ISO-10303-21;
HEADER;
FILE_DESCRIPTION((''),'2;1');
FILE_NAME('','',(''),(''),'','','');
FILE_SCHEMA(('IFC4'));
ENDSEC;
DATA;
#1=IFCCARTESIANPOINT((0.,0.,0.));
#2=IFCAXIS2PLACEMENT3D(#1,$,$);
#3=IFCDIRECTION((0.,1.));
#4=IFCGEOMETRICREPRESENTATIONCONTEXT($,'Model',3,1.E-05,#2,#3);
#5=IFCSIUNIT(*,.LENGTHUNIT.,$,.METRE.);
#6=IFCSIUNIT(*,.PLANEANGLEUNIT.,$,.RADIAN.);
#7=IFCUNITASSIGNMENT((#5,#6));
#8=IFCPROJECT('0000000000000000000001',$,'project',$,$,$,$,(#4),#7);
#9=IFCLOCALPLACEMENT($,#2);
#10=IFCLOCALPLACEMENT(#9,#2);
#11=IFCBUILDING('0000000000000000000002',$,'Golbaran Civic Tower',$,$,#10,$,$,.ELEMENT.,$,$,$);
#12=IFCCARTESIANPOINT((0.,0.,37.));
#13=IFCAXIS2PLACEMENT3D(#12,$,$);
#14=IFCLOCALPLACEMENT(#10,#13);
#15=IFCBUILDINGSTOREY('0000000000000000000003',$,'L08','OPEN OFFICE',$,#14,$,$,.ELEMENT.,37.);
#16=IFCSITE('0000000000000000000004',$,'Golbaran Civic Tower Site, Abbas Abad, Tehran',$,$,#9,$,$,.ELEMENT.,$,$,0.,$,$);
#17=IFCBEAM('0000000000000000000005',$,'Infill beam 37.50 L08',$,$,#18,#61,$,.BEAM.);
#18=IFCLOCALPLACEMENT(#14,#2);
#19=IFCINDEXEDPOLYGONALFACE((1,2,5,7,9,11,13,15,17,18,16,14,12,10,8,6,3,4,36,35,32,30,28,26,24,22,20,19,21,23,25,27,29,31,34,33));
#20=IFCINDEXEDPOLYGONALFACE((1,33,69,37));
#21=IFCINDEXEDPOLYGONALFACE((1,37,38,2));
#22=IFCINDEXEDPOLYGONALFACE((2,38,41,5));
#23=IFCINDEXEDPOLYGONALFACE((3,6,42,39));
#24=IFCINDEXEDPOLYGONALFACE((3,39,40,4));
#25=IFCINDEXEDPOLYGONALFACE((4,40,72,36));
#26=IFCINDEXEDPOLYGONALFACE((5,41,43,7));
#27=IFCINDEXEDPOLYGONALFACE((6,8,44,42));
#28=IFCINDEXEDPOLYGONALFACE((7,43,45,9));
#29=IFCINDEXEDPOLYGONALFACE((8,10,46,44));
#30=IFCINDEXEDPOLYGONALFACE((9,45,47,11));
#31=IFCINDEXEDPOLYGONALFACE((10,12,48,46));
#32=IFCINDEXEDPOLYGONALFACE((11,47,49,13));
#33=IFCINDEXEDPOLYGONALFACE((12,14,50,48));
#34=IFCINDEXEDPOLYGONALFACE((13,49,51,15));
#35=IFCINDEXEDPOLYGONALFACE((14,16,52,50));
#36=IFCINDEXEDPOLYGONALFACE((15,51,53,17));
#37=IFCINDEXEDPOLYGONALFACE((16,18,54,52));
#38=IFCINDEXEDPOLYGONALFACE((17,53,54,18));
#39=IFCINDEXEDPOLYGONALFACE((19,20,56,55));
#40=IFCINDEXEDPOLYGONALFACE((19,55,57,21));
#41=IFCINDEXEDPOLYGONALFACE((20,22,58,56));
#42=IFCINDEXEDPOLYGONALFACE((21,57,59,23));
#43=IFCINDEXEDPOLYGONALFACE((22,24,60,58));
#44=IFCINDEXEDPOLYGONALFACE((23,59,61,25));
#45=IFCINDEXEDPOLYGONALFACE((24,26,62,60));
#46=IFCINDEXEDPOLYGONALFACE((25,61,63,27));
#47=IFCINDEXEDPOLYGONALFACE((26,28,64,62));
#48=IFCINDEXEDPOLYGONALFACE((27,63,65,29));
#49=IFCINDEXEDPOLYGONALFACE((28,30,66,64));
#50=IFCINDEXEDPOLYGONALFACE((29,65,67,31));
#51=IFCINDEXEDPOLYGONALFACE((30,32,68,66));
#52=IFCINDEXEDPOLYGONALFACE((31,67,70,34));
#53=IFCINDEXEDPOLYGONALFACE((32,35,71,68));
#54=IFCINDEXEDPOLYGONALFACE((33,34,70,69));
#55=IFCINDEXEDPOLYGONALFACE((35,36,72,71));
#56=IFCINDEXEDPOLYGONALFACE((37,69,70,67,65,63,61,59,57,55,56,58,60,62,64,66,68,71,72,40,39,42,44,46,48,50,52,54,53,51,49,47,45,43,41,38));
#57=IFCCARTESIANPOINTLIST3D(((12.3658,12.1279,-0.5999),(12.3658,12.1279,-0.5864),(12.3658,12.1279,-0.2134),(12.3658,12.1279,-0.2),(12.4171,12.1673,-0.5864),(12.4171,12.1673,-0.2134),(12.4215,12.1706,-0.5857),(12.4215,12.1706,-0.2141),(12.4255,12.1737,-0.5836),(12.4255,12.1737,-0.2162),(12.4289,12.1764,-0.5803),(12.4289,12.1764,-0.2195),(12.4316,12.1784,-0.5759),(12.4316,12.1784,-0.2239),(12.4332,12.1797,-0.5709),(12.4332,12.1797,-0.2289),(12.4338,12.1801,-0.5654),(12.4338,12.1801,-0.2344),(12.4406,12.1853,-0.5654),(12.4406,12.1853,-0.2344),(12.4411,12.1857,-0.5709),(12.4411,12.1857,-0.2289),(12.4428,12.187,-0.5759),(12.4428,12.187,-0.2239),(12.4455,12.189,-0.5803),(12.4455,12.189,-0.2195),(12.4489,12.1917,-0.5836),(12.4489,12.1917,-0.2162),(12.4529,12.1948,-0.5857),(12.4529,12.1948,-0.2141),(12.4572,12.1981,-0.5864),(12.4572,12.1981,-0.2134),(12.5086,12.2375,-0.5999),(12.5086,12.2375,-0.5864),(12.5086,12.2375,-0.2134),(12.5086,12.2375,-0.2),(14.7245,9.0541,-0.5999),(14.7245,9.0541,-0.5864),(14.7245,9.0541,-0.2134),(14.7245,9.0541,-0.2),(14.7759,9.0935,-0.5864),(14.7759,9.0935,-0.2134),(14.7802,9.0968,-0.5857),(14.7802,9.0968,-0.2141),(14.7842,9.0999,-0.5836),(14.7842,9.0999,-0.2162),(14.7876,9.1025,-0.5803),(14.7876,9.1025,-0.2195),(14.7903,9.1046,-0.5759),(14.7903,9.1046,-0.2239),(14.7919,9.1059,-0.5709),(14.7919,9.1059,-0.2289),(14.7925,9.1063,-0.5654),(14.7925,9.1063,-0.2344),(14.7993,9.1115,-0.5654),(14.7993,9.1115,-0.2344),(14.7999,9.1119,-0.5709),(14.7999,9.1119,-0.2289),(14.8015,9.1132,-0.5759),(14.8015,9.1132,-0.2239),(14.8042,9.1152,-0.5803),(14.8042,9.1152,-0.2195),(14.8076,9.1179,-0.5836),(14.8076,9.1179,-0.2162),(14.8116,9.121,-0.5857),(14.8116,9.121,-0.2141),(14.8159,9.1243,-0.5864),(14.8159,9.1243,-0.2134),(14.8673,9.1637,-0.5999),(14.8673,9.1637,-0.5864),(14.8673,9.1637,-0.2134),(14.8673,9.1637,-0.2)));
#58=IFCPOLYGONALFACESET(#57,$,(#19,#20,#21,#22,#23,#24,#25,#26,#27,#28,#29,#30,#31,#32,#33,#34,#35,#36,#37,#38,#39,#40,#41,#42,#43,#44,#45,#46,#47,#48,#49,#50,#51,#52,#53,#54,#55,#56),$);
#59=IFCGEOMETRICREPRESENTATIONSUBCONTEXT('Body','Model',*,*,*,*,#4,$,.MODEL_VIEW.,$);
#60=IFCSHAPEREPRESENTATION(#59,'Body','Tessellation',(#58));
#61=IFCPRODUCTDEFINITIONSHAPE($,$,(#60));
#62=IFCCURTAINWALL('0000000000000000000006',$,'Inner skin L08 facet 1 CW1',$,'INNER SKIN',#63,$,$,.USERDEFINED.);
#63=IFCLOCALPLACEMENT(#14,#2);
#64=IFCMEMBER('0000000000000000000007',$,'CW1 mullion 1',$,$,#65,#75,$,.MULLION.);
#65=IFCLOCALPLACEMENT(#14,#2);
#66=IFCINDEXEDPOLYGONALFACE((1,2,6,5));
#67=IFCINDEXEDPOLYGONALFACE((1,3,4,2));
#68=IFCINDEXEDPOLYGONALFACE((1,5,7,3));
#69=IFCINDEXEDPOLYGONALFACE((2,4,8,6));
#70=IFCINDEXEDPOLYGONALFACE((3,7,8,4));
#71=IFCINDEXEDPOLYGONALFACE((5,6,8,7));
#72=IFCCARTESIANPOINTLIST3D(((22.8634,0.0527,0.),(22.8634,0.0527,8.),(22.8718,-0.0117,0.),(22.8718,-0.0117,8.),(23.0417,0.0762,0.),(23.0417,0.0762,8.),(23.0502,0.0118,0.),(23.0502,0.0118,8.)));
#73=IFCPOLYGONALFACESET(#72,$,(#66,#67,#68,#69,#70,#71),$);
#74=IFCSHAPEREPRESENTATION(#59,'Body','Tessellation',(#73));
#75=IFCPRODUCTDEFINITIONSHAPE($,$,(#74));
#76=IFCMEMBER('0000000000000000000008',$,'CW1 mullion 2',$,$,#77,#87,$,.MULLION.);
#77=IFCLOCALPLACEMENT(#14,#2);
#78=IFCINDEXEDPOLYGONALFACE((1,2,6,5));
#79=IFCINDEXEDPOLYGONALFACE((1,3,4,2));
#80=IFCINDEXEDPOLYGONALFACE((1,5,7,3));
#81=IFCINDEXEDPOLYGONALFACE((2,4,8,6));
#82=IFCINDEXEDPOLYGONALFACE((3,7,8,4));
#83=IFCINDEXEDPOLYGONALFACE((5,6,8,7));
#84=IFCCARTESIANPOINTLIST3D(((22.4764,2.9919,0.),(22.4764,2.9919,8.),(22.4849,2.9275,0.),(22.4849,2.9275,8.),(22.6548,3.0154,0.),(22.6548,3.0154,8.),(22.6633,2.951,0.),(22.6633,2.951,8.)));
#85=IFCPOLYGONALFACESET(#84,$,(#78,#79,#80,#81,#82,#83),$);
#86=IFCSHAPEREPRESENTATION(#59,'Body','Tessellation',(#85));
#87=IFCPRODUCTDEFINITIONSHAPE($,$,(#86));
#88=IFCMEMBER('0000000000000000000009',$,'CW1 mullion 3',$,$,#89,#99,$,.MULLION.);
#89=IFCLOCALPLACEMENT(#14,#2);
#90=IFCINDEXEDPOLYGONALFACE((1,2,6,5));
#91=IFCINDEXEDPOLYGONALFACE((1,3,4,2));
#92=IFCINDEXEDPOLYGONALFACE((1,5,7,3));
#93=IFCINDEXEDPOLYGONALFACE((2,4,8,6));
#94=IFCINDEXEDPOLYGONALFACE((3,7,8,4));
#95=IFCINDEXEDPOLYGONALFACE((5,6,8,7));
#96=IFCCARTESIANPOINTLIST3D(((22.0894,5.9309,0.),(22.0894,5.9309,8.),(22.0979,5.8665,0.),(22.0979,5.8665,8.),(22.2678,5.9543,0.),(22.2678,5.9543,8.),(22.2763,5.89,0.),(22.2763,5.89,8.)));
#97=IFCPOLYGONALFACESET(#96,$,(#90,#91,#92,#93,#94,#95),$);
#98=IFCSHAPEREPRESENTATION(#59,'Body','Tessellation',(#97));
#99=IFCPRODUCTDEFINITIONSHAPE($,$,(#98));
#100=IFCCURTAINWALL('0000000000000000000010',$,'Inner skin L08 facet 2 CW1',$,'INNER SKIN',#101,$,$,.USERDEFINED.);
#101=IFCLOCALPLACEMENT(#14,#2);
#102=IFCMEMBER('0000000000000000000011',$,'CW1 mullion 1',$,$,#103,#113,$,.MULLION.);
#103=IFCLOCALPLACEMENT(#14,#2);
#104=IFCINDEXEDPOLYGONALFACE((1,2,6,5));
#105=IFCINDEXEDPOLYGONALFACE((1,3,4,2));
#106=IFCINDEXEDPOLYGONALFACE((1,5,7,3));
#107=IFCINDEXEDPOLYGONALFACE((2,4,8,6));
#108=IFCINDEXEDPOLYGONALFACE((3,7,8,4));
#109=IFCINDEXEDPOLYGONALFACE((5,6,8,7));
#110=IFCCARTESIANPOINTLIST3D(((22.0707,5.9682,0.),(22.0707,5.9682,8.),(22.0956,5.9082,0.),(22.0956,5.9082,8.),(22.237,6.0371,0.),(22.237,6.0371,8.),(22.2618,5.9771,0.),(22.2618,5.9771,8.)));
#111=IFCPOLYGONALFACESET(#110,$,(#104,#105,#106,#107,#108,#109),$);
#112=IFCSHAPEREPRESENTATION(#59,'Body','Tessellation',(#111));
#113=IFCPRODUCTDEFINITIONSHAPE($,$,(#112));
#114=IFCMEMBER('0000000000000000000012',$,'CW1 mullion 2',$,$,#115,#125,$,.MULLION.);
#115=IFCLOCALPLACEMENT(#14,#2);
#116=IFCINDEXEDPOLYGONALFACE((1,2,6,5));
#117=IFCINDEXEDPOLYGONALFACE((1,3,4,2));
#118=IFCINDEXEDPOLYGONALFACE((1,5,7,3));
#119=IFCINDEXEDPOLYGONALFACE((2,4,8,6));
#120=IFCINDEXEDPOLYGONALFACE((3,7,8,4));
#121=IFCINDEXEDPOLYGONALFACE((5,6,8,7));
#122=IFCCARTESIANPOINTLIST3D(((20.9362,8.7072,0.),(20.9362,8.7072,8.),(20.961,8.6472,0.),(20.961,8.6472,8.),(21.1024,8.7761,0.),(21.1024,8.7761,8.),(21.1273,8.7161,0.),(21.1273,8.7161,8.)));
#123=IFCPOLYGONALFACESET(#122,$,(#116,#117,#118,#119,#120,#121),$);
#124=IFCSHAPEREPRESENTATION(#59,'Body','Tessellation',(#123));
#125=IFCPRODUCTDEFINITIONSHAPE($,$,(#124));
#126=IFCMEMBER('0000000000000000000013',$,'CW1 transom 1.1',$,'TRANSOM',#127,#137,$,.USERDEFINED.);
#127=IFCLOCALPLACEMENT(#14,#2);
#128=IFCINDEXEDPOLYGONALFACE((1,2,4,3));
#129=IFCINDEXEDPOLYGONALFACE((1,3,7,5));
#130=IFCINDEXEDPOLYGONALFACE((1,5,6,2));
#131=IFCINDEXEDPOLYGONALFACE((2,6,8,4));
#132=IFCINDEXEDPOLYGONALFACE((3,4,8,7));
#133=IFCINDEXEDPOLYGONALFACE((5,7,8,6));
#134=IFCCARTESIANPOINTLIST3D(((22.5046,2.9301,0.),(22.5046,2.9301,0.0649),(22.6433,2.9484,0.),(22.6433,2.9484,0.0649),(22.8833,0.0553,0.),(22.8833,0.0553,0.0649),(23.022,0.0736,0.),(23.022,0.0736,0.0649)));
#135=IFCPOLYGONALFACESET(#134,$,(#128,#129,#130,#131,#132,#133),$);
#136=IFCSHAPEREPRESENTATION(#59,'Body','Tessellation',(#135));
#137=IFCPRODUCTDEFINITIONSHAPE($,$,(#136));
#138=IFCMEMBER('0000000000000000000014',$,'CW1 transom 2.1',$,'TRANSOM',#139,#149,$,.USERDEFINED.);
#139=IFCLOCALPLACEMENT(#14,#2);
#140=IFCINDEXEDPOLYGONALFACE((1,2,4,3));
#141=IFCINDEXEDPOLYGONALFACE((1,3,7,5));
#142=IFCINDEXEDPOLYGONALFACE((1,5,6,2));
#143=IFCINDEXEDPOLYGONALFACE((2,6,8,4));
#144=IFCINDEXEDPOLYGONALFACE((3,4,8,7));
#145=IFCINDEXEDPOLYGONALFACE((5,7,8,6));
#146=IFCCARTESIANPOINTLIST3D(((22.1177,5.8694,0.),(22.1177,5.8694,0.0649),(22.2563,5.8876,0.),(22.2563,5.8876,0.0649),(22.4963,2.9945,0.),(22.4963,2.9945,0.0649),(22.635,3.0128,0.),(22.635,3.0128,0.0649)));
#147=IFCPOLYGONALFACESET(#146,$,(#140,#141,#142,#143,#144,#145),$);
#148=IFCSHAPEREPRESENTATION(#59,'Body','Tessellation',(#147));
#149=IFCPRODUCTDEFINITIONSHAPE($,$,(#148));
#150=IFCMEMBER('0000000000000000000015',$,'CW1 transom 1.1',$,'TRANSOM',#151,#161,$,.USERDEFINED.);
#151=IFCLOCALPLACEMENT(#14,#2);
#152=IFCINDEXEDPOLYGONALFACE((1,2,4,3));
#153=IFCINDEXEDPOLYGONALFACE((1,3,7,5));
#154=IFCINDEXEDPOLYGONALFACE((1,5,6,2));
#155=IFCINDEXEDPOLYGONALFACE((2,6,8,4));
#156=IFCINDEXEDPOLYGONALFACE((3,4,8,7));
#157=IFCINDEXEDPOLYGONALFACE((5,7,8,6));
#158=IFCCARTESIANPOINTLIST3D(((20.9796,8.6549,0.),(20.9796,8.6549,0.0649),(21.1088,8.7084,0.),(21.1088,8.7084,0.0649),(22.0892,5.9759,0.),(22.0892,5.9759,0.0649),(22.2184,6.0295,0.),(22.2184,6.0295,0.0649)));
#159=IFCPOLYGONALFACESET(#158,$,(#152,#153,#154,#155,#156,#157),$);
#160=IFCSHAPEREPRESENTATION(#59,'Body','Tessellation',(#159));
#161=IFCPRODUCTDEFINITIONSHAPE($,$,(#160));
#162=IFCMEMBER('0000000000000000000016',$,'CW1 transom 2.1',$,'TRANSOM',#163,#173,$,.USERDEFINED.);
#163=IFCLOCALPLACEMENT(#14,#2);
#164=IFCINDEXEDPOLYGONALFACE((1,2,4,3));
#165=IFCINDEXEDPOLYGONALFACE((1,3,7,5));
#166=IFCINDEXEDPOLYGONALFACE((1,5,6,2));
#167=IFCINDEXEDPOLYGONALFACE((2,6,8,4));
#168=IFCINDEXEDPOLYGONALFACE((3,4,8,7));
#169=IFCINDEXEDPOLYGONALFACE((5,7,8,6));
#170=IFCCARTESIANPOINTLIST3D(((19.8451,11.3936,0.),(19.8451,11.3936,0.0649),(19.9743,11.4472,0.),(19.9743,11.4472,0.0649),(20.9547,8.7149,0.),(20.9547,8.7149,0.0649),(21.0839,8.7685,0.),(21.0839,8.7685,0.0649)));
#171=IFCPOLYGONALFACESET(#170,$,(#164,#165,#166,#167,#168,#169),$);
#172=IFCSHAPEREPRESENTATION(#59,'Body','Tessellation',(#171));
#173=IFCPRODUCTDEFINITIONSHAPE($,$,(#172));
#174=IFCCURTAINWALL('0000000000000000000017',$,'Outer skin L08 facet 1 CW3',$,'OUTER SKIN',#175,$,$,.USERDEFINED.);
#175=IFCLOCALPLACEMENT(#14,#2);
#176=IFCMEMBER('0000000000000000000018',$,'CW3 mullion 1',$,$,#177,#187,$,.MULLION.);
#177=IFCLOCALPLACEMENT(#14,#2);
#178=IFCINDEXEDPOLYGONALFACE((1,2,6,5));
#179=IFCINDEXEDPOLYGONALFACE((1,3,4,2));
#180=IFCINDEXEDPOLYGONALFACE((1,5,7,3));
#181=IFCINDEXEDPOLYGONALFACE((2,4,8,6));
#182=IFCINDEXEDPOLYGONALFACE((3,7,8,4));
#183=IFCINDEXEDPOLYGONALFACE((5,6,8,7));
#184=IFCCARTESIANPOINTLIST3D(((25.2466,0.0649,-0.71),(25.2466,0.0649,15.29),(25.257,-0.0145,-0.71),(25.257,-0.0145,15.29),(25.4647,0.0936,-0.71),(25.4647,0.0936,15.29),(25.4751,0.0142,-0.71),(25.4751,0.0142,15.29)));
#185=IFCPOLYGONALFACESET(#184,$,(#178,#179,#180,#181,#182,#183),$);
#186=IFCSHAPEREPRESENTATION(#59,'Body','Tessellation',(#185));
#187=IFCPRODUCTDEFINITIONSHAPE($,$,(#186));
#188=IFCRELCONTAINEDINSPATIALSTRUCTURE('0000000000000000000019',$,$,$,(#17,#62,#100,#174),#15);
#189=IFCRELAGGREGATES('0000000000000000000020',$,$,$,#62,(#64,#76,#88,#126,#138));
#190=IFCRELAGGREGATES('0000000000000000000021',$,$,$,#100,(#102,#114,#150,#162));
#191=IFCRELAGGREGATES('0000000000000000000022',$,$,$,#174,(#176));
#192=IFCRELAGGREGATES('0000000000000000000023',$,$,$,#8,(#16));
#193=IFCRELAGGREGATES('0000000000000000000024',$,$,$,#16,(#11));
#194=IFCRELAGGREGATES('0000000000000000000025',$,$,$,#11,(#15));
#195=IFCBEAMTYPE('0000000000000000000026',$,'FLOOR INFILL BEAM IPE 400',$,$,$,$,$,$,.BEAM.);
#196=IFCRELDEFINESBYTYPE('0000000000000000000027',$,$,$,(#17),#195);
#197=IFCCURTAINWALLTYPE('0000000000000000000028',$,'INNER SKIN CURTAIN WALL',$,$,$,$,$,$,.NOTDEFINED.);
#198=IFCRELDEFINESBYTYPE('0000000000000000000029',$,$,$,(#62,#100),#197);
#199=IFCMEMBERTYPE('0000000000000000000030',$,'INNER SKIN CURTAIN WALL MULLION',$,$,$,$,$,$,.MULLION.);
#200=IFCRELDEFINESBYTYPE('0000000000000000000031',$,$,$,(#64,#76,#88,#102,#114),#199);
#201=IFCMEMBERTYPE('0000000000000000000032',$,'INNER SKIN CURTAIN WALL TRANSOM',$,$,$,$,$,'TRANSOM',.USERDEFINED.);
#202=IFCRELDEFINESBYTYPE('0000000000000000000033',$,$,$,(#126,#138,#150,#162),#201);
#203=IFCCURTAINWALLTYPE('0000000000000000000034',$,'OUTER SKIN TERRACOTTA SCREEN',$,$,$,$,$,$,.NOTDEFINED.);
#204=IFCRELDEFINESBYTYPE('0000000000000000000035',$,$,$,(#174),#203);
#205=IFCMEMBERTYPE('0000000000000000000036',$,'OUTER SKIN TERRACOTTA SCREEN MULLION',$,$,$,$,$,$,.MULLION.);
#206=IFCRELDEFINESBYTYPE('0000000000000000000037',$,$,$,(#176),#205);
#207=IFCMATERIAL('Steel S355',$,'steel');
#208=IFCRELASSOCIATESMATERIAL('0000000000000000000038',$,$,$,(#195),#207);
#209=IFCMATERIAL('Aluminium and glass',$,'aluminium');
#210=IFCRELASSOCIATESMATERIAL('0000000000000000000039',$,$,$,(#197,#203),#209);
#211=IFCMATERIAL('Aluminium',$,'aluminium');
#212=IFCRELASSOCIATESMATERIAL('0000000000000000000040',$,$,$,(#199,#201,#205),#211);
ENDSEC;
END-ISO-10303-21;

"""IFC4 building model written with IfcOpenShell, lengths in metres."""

from ifc_helpers import new_model, si_unit, direction, frame, origin, origin_2d, place, context, subcontext, project, spatial, rectangle, i_section, extrude, material, material_profile, profile_set, type_object, element, aggregate, save


model = new_model("IFC4")

# Units and contexts
model_context = context("Model", 3, precision=1e-05, world=origin(), true_north=direction((0.0, 1.0)))
body_context = subcontext(model_context, "Body", "Model", "MODEL_VIEW")
ifc_project = project(units=[si_unit("LENGTHUNIT", "METRE"), si_unit("PLANEANGLEUNIT", "RADIAN")], contexts=[model_context])

# Site, building, storey
site_placement = place(None, origin())
site = spatial("IfcSite", under=ifc_project, at=site_placement, Name="Golbaran Civic Tower Site, Abbas Abad, Tehran", CompositionType="ELEMENT", RefElevation=0.0)
building_placement = place(site_placement, origin())
building = spatial("IfcBuilding", under=site, at=building_placement, Name="Golbaran Civic Tower", CompositionType="ELEMENT")
storey_placement = place(building_placement, frame((0.0, 0.0, 37.0)))
storey = spatial("IfcBuildingStorey", under=building, at=storey_placement, Name="L08", Description="OPEN OFFICE", CompositionType="ELEMENT", Elevation=37.0)

# Shared definitions
ifc_material_1 = material(Name="Steel S355", Category="steel")

# Beam
ifc_material_profile_1 = material_profile(ifc_material_1, i_section(OverallWidth=0.1799, OverallDepth=0.3999, WebThickness=0.0085, FlangeThickness=0.0134, FilletRadius=0.021, at=origin_2d()), Name="IPE 400")
ifc_profile_set_1 = profile_set([ifc_material_profile_1], Name="Steel S355")
beam_type_1 = type_object("IfcBeamType", Name="FLOOR INFILL BEAM IPE 400", PredefinedType="BEAM", material=ifc_profile_set_1)
beam_1_placement = place(storey_placement, frame((14.7959, 9.1089, -0.3999), z_axis=(-0.608775, 0.793343, 0.0), x_axis=(-0.793343, -0.608775, 0.0)))
element("IfcBeam", 1, at=beam_1_placement, inside=storey, type_object=beam_type_1, Name="Infill beam 37.50 L08", PredefinedType="BEAM", context=body_context, shape_type="SweptSolid", body=[
    extrude(i_section(OverallWidth=0.1799, OverallDepth=0.3999, WebThickness=0.0085, FlangeThickness=0.0134, FilletRadius=0.021, at=origin_2d()), origin(), (0.0, 0.0, 1.0), 3.8745),
])

# Curtain walls, members
ifc_material_2 = material(Name="Aluminium and glass", Category="aluminium")
curtain_wall_type_1 = type_object("IfcCurtainWallType", Name="INNER SKIN CURTAIN WALL", PredefinedType="NOTDEFINED", material=ifc_material_2)
curtain_wall_1_placement = place(storey_placement, origin())
curtain_wall_1 = element("IfcCurtainWall", 2, at=curtain_wall_1_placement, inside=storey, type_object=curtain_wall_type_1, Name="Inner skin L08 facet 1 CW1", ObjectType="INNER SKIN", PredefinedType="USERDEFINED")
ifc_material_3 = material(Name="Aluminium", Category="aluminium")
ifc_material_profile_2 = material_profile(ifc_material_3, rectangle(XDim=0.1799, YDim=0.0649, at=origin_2d()), Name="INNER SKIN CURTAIN WALL MULLION")
ifc_profile_set_2 = profile_set([ifc_material_profile_2], Name="Aluminium")
member_type_1 = type_object("IfcMemberType", Name="INNER SKIN CURTAIN WALL MULLION", PredefinedType="MULLION", material=ifc_profile_set_2)
member_1_placement = place(storey_placement, frame((22.9568, 0.0322, 0.0), z_axis=(0.0, 0.0, 1.0), x_axis=(-0.991445, -0.130526, 0.0)))
member_1 = element("IfcMember", 3, at=member_1_placement, type_object=member_type_1, Name="CW1 mullion 1", PredefinedType="MULLION", context=body_context, shape_type="SweptSolid", body=[
    extrude(rectangle(XDim=0.1799, YDim=0.0649, at=origin_2d()), origin(), (0.0, 0.0, 1.0), 8.0),
])
member_2_placement = place(storey_placement, frame((22.5698, 2.9714, 0.0), z_axis=(0.0, 0.0, 1.0), x_axis=(-0.991445, -0.130526, 0.0)))
member_2 = element("IfcMember", 4, at=member_2_placement, type_object=member_type_1, Name="CW1 mullion 2", PredefinedType="MULLION", context=body_context, shape_type="SweptSolid", body=[
    extrude(rectangle(XDim=0.1799, YDim=0.0649, at=origin_2d()), origin(), (0.0, 0.0, 1.0), 8.0),
])
member_3_placement = place(storey_placement, frame((22.1829, 5.9104, 0.0), z_axis=(0.0, 0.0, 1.0), x_axis=(-0.991445, -0.130526, 0.0)))
member_3 = element("IfcMember", 5, at=member_3_placement, type_object=member_type_1, Name="CW1 mullion 3", PredefinedType="MULLION", context=body_context, shape_type="SweptSolid", body=[
    extrude(rectangle(XDim=0.1799, YDim=0.0649, at=origin_2d()), origin(), (0.0, 0.0, 1.0), 8.0),
])
curtain_wall_2_placement = place(storey_placement, origin())
curtain_wall_2 = element("IfcCurtainWall", 6, at=curtain_wall_2_placement, inside=storey, type_object=curtain_wall_type_1, Name="Inner skin L08 facet 2 CW1", ObjectType="INNER SKIN", PredefinedType="USERDEFINED")
member_4_placement = place(storey_placement, frame((22.1663, 5.9727, 0.0), z_axis=(0.0, 0.0, 1.0), x_axis=(-0.92388, -0.382683, 0.0)))
member_4 = element("IfcMember", 7, at=member_4_placement, type_object=member_type_1, Name="CW1 mullion 1", PredefinedType="MULLION", context=body_context, shape_type="SweptSolid", body=[
    extrude(rectangle(XDim=0.1799, YDim=0.0649, at=origin_2d()), origin(), (0.0, 0.0, 1.0), 8.0),
])
member_5_placement = place(storey_placement, frame((21.0317, 8.7117, 0.0), z_axis=(0.0, 0.0, 1.0), x_axis=(-0.92388, -0.382683, 0.0)))
member_5 = element("IfcMember", 8, at=member_5_placement, type_object=member_type_1, Name="CW1 mullion 2", PredefinedType="MULLION", context=body_context, shape_type="SweptSolid", body=[
    extrude(rectangle(XDim=0.1799, YDim=0.0649, at=origin_2d()), origin(), (0.0, 0.0, 1.0), 8.0),
])

# Members
ifc_material_profile_3 = material_profile(ifc_material_3, rectangle(XDim=0.1399, YDim=0.0649, at=origin_2d()), Name="INNER SKIN CURTAIN WALL TRANSOM")
ifc_profile_set_3 = profile_set([ifc_material_profile_3], Name="Aluminium")
member_type_2 = type_object("IfcMemberType", Name="INNER SKIN CURTAIN WALL TRANSOM", ElementType="TRANSOM", PredefinedType="USERDEFINED", material=ifc_profile_set_3)
member_6_placement = place(storey_placement, frame((22.9526, 0.0645, 0.0325), z_axis=(-0.130592, 0.991436, 0.0), x_axis=(-0.991436, -0.130592, 0.0)))
member_6 = element("IfcMember", 9, at=member_6_placement, type_object=member_type_2, Name="CW1 transom 1.1", ObjectType="TRANSOM", PredefinedType="USERDEFINED", context=body_context, shape_type="SweptSolid", body=[
    extrude(rectangle(XDim=0.1399, YDim=0.0649, at=origin_2d()), origin(), (0.0, 0.0, 1.0), 2.8997),
])
member_7_placement = place(storey_placement, frame((22.5657, 3.0037, 0.0325), z_axis=(-0.130592, 0.991436, 0.0), x_axis=(-0.991436, -0.130592, 0.0)))
member_7 = element("IfcMember", 10, at=member_7_placement, type_object=member_type_2, Name="CW1 transom 2.1", ObjectType="TRANSOM", PredefinedType="USERDEFINED", context=body_context, shape_type="SweptSolid", body=[
    extrude(rectangle(XDim=0.1399, YDim=0.0649, at=origin_2d()), origin(), (0.0, 0.0, 1.0), 2.8997),
])
member_8_placement = place(storey_placement, frame((22.1538, 6.0027, 0.0325), z_axis=(-0.382672, 0.923884, 0.0), x_axis=(-0.923884, -0.382672, 0.0)))
member_8 = element("IfcMember", 11, at=member_8_placement, type_object=member_type_2, Name="CW1 transom 1.1", ObjectType="TRANSOM", PredefinedType="USERDEFINED", context=body_context, shape_type="SweptSolid", body=[
    extrude(rectangle(XDim=0.1399, YDim=0.0649, at=origin_2d()), origin(), (0.0, 0.0, 1.0), 2.8997),
])
member_9_placement = place(storey_placement, frame((21.0193, 8.7417, 0.0325), z_axis=(-0.382701, 0.923872, 0.0), x_axis=(-0.923872, -0.382701, 0.0)))
member_9 = element("IfcMember", 12, at=member_9_placement, type_object=member_type_2, Name="CW1 transom 2.1", ObjectType="TRANSOM", PredefinedType="USERDEFINED", context=body_context, shape_type="SweptSolid", body=[
    extrude(rectangle(XDim=0.1399, YDim=0.0649, at=origin_2d()), origin(), (0.0, 0.0, 1.0), 2.8994),
])

# Curtain wall, member
curtain_wall_type_2 = type_object("IfcCurtainWallType", Name="OUTER SKIN TERRACOTTA SCREEN", PredefinedType="NOTDEFINED", material=ifc_material_2)
curtain_wall_3_placement = place(storey_placement, origin())
curtain_wall_3 = element("IfcCurtainWall", 13, at=curtain_wall_3_placement, inside=storey, type_object=curtain_wall_type_2, Name="Outer skin L08 facet 1 CW3", ObjectType="OUTER SKIN", PredefinedType="USERDEFINED")
ifc_material_profile_4 = material_profile(ifc_material_3, rectangle(XDim=0.22, YDim=0.0801, at=origin_2d()), Name="OUTER SKIN TERRACOTTA SCREEN MULLION")
ifc_profile_set_4 = profile_set([ifc_material_profile_4], Name="Aluminium")
member_type_3 = type_object("IfcMemberType", Name="OUTER SKIN TERRACOTTA SCREEN MULLION", PredefinedType="MULLION", material=ifc_profile_set_4)
member_10_placement = place(storey_placement, frame((25.3608, 0.0396, -0.71), z_axis=(0.0, 0.0, 1.0), x_axis=(-0.991445, -0.130526, 0.0)))
member_10 = element("IfcMember", 14, at=member_10_placement, type_object=member_type_3, Name="CW3 mullion 1", PredefinedType="MULLION", context=body_context, shape_type="SweptSolid", body=[
    extrude(rectangle(XDim=0.22, YDim=0.0801, at=origin_2d()), origin(), (0.0, 0.0, 1.0), 16.0),
])

aggregate(curtain_wall_1, [member_1, member_2, member_3, member_6, member_7])
aggregate(curtain_wall_2, [member_4, member_5, member_8, member_9])
aggregate(curtain_wall_3, [member_10])

save(model, "model.ifc")
